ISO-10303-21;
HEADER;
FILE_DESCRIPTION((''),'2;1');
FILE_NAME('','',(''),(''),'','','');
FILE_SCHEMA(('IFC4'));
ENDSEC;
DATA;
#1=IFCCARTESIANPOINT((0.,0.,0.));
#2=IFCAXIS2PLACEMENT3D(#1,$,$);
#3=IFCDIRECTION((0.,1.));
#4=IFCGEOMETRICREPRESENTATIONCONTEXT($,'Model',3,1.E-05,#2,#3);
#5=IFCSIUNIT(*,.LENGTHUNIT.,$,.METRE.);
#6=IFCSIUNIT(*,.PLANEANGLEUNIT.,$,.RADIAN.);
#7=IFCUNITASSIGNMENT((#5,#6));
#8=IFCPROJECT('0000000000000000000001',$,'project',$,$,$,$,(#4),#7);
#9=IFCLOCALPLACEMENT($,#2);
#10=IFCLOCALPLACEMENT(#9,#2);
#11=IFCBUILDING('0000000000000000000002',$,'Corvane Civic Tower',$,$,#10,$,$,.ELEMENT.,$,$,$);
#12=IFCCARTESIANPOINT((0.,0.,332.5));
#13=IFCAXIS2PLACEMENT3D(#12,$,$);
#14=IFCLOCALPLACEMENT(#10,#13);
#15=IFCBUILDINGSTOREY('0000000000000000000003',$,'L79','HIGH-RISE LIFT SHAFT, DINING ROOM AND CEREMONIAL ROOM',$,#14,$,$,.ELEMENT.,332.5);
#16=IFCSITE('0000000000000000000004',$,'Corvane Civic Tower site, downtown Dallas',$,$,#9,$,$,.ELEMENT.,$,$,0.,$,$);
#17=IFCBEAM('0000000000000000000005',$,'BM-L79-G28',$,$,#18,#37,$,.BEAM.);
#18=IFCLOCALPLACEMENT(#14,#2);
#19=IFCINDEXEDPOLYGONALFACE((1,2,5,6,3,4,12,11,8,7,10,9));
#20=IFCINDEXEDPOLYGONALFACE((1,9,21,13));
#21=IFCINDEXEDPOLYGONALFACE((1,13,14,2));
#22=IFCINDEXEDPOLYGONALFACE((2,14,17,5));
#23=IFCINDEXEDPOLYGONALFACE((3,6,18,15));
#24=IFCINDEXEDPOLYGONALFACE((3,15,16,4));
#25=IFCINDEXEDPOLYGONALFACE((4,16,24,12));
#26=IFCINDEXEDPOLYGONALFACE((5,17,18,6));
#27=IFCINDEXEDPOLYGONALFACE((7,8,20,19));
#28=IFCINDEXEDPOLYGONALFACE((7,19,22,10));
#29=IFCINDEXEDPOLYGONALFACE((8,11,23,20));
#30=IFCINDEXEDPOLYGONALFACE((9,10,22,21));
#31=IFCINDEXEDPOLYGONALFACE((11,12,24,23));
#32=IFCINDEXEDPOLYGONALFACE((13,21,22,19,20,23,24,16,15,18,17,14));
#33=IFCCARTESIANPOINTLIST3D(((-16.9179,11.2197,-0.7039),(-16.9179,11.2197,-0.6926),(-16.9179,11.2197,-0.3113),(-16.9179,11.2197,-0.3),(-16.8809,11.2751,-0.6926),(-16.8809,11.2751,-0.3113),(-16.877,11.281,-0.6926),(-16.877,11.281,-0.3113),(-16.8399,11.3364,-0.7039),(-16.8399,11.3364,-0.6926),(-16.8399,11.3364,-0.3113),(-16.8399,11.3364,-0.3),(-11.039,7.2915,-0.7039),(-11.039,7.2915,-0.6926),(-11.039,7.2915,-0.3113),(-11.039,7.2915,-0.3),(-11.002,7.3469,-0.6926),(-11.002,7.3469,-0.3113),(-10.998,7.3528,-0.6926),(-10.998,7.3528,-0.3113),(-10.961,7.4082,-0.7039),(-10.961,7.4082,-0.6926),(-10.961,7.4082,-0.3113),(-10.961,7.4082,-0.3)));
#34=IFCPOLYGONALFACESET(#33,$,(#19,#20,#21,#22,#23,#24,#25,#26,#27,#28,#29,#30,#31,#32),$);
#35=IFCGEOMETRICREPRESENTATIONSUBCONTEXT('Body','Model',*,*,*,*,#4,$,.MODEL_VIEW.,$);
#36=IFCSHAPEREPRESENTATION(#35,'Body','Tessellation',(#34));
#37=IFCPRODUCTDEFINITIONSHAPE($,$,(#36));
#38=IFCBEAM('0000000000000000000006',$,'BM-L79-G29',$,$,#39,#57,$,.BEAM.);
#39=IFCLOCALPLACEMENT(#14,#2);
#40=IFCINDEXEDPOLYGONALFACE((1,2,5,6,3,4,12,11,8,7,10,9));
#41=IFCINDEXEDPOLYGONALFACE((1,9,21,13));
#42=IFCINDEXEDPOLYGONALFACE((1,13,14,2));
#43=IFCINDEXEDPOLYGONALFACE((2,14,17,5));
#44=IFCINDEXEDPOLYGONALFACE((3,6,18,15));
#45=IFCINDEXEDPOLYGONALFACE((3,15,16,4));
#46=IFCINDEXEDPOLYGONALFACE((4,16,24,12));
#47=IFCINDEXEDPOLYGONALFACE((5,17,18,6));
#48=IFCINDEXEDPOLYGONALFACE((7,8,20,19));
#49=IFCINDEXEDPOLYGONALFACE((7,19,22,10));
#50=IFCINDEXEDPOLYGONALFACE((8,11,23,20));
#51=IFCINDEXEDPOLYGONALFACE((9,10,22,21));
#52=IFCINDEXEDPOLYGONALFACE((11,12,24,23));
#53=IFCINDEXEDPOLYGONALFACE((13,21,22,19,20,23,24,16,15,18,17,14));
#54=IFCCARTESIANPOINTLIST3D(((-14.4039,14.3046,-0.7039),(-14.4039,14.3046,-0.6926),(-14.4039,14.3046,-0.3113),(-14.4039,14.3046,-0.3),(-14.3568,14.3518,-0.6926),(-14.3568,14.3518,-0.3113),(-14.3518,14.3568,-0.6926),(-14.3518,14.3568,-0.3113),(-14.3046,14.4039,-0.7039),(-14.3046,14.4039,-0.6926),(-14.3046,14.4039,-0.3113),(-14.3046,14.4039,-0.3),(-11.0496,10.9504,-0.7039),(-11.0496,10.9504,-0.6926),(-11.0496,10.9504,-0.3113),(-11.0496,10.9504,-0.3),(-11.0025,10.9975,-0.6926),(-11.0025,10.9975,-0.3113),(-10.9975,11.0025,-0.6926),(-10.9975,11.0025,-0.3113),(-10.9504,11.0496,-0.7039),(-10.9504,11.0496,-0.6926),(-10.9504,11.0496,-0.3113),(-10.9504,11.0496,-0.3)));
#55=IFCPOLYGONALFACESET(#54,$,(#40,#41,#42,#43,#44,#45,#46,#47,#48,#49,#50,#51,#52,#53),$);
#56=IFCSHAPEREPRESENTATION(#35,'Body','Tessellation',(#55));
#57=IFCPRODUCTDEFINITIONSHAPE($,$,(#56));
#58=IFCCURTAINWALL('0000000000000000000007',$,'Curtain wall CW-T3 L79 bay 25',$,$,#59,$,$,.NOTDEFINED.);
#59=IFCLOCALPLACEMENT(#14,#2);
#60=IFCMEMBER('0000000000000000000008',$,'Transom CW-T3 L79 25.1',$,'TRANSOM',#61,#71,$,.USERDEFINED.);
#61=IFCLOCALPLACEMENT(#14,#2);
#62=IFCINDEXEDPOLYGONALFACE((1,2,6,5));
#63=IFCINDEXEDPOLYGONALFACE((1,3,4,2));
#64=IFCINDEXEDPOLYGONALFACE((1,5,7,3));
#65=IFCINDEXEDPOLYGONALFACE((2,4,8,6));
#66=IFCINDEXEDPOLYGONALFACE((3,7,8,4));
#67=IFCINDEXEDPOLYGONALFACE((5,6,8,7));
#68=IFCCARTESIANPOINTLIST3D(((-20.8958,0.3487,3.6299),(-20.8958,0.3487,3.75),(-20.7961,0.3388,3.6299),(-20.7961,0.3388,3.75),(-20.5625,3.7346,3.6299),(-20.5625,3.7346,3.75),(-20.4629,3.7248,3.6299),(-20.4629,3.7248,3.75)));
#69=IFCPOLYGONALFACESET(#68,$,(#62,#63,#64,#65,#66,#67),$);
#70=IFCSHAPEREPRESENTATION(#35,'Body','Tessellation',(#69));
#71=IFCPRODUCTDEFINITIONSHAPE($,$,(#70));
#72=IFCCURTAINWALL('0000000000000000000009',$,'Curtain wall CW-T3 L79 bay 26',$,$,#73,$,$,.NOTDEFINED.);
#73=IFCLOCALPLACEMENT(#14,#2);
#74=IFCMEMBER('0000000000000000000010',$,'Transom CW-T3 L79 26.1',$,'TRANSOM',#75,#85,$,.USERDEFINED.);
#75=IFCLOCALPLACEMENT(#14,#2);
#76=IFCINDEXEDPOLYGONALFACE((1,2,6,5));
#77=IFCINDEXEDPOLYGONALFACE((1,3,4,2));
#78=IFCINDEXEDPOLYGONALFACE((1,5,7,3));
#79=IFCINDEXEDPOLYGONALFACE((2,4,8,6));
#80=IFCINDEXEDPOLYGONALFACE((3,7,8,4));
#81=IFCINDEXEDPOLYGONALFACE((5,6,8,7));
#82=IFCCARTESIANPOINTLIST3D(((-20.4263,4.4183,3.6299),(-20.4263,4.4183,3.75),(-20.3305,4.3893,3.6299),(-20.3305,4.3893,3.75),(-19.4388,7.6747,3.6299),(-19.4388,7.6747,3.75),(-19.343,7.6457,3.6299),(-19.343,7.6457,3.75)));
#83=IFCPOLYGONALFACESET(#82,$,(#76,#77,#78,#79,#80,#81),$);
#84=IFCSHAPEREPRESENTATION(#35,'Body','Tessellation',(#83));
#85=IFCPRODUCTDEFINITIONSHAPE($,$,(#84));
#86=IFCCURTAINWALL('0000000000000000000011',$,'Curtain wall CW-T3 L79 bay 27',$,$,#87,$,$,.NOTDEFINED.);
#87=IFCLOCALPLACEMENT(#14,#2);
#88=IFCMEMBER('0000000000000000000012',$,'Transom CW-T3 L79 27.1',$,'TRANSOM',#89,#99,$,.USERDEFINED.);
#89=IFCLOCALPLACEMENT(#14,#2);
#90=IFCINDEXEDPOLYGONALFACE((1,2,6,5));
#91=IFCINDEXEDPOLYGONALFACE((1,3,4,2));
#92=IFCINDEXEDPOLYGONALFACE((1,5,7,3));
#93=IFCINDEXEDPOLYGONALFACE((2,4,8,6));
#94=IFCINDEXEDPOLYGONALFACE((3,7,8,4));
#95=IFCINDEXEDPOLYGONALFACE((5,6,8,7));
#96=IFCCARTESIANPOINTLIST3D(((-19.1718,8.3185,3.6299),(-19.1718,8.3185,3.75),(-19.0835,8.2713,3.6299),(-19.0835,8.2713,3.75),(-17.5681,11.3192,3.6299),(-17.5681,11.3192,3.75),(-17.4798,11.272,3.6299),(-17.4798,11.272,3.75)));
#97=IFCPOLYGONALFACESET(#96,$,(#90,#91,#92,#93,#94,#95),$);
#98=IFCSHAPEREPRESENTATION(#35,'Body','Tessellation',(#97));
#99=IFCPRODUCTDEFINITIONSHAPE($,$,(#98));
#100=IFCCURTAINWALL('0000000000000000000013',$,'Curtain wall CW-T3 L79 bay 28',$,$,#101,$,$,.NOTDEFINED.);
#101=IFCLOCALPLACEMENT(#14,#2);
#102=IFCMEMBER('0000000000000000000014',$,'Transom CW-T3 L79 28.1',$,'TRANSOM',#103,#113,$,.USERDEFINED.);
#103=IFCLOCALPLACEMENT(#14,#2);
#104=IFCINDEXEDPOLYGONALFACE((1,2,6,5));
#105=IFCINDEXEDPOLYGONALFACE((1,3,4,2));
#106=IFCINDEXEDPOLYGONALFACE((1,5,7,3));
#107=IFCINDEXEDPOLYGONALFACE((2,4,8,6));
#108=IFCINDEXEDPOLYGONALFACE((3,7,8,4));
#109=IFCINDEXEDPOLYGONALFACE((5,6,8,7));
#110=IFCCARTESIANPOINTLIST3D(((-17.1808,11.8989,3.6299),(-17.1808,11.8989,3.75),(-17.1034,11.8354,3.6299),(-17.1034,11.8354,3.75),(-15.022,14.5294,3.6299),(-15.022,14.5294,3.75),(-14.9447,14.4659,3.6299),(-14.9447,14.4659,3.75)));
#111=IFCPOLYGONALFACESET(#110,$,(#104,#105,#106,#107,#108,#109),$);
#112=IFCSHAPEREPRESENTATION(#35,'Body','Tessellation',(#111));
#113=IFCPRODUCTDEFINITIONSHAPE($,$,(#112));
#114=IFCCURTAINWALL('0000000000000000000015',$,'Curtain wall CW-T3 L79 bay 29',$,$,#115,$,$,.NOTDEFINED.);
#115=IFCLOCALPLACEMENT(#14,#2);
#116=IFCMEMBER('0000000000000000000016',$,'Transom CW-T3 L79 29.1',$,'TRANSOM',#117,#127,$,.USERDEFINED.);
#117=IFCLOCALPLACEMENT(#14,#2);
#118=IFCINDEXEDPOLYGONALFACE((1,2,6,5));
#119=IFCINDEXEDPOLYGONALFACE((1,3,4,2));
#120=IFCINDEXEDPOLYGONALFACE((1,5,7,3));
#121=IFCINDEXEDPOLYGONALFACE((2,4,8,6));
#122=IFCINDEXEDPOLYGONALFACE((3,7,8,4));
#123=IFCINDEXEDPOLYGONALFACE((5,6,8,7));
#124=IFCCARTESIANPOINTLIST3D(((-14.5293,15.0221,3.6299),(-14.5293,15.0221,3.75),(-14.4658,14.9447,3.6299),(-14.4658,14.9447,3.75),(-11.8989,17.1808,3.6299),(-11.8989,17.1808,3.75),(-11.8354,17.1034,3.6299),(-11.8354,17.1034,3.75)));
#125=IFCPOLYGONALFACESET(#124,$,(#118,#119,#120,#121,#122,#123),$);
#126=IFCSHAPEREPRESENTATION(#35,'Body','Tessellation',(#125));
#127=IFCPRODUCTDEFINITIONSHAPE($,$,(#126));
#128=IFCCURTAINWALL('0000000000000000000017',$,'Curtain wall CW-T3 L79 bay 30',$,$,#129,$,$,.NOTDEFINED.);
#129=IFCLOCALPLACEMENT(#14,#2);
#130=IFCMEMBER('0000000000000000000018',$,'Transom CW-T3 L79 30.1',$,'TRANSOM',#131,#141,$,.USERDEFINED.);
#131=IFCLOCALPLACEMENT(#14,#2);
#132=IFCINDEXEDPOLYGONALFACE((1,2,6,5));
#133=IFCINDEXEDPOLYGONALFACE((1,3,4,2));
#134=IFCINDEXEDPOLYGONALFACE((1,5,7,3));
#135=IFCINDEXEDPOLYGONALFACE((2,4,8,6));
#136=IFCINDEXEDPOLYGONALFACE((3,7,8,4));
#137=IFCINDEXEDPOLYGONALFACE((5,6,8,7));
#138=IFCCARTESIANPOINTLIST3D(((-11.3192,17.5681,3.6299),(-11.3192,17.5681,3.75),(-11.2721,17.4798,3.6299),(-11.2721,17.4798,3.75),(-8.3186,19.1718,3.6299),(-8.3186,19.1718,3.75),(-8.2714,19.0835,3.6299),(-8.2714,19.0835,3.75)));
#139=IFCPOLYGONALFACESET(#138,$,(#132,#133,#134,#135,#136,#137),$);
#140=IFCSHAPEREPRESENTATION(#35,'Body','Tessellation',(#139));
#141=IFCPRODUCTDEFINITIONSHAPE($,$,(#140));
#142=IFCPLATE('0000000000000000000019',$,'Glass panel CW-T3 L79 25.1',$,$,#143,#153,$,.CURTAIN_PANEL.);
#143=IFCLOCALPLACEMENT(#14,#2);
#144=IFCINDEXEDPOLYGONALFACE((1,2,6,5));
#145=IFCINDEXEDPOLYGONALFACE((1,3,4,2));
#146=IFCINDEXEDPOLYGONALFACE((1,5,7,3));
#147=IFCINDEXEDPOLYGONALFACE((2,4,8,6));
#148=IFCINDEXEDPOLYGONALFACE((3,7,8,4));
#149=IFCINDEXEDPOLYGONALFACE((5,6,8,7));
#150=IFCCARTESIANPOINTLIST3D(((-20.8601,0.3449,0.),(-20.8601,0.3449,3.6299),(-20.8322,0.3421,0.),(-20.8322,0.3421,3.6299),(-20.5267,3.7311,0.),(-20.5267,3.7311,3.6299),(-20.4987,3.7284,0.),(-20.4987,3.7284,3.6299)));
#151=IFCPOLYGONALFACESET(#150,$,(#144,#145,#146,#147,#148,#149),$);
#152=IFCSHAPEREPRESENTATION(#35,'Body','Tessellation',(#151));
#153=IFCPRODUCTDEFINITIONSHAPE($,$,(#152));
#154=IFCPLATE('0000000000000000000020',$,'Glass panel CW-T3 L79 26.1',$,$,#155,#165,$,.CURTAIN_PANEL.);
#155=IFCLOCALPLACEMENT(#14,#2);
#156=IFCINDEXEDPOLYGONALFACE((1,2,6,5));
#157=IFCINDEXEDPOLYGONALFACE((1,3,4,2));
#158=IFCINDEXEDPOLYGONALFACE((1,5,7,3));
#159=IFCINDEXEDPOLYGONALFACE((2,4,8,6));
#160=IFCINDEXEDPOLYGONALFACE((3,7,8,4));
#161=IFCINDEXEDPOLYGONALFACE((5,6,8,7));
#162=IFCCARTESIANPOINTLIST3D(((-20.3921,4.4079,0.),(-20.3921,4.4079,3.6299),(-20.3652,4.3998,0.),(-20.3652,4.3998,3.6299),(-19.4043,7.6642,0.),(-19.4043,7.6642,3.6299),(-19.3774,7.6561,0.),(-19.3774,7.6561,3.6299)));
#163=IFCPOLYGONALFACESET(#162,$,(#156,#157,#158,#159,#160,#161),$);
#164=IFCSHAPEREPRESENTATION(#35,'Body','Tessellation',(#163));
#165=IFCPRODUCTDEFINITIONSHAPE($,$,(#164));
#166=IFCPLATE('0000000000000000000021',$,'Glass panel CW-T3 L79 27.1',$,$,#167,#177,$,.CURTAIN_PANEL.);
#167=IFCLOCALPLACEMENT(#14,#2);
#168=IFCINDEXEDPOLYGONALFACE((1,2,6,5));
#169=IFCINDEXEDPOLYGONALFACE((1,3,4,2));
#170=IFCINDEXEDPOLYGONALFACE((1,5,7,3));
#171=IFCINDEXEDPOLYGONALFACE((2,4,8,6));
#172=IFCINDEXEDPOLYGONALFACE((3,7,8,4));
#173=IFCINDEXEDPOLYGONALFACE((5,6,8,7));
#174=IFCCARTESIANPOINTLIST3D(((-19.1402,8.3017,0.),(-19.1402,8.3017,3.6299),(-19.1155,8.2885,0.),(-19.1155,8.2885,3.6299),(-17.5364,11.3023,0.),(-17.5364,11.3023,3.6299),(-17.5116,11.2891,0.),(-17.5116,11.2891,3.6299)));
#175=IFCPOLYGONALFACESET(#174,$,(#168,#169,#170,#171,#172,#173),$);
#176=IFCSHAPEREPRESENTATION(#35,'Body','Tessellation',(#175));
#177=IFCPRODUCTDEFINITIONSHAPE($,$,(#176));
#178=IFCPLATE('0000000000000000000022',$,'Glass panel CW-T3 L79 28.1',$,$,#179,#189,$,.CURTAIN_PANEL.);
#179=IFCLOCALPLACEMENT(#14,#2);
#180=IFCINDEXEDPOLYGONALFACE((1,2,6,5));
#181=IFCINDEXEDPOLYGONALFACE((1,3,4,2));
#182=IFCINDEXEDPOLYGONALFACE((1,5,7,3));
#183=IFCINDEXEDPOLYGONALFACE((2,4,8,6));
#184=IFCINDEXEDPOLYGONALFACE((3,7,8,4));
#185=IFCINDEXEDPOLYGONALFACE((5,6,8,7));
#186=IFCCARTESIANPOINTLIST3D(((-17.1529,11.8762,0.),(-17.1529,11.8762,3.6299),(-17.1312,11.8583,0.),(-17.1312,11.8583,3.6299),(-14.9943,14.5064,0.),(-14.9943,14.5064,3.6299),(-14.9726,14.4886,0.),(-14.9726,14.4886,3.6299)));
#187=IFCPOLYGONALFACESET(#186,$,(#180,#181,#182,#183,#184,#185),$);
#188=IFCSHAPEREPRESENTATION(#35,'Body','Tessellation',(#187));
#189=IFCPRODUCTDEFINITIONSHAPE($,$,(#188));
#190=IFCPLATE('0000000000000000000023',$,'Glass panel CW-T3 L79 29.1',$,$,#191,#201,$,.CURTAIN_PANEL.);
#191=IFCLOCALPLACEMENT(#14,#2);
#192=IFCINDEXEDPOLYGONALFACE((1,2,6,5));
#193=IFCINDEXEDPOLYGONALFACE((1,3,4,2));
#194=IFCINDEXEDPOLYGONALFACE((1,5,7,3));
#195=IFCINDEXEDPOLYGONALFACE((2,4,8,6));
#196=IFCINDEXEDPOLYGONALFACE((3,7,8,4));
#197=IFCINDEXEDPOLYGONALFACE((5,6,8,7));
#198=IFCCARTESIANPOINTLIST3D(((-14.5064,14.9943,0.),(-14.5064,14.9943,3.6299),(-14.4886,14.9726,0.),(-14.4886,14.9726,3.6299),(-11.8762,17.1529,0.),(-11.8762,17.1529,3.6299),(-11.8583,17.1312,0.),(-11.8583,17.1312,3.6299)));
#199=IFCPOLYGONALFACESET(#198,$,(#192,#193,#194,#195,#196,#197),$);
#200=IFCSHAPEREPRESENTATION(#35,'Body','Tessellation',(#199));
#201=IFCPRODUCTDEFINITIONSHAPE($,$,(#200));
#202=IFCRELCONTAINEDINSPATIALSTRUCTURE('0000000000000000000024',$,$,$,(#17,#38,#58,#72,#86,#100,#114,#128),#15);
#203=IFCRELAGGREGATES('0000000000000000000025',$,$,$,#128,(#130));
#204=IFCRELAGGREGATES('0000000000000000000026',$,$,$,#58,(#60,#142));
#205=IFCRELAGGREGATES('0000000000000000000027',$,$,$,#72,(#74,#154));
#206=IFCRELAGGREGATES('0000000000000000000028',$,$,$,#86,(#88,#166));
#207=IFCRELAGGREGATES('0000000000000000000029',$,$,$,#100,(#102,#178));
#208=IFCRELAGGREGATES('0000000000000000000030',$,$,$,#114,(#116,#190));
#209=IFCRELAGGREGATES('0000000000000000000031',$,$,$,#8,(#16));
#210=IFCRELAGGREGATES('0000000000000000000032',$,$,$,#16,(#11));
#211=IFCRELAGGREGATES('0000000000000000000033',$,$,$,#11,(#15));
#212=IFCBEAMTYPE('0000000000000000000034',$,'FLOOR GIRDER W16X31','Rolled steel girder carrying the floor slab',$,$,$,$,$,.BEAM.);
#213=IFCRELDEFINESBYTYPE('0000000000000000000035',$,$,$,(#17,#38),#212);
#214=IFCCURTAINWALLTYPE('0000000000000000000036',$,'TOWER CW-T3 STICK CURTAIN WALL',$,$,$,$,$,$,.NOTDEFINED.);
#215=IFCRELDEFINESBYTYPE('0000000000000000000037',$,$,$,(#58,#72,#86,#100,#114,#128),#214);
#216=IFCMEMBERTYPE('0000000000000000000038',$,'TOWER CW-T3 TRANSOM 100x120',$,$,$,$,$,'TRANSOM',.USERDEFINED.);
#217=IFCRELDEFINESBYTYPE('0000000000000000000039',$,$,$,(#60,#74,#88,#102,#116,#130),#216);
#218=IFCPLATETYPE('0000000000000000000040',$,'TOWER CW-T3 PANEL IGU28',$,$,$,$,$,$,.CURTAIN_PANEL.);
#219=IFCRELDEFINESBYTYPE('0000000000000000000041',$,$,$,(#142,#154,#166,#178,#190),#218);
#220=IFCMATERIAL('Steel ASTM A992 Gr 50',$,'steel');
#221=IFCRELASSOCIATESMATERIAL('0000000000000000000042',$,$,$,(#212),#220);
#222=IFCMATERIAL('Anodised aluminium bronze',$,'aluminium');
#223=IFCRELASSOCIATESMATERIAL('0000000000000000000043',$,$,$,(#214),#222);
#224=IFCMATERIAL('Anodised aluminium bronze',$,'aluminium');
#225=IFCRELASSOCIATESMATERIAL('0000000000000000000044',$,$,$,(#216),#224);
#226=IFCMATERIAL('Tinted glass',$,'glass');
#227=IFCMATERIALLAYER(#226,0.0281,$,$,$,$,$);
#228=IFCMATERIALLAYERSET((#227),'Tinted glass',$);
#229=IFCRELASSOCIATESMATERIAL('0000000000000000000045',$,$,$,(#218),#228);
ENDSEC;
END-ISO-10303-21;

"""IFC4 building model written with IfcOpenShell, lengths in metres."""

from ifc_helpers import new_model, si_unit, direction, frame, origin, origin_2d, place, context, subcontext, project, spatial, rectangle, i_section, extrude, material, layer, layer_set, material_profile, profile_set, type_object, element, aggregate, save


model = new_model("IFC4")

# Units and contexts
model_context = context("Model", 3, precision=1e-05, world=origin(), true_north=direction((0.0, 1.0)))
body_context = subcontext(model_context, "Body", "Model", "MODEL_VIEW")
ifc_project = project(units=[si_unit("LENGTHUNIT", "METRE"), si_unit("PLANEANGLEUNIT", "RADIAN")], contexts=[model_context])

# Site, building, storey
site_placement = place(None, origin())
site = spatial("IfcSite", under=ifc_project, at=site_placement, Name="Corvane Civic Tower site, downtown Dallas", CompositionType="ELEMENT", RefElevation=0.0)
building_placement = place(site_placement, origin())
building = spatial("IfcBuilding", under=site, at=building_placement, Name="Corvane Civic Tower", CompositionType="ELEMENT")
storey_placement = place(building_placement, frame((0.0, 0.0, 332.5)))
storey = spatial("IfcBuildingStorey", under=building, at=storey_placement, Name="L79", Description="HIGH-RISE LIFT SHAFT, DINING ROOM AND CEREMONIAL ROOM", CompositionType="ELEMENT", Elevation=332.5)

# Beams
ifc_material_1 = material(Name="Steel ASTM A992 Gr 50", Category="steel")
ifc_material_profile_1 = material_profile(ifc_material_1, i_section(OverallWidth=0.1404, OverallDepth=0.4038, WebThickness=0.0071, FlangeThickness=0.0112, at=origin_2d()), Name="W16X31")
ifc_profile_set_1 = profile_set([ifc_material_profile_1], Name="Steel ASTM A992 Gr 50")
beam_type_1 = type_object("IfcBeamType", Name="FLOOR GIRDER W16X31", Description="Rolled steel girder carrying the floor slab", PredefinedType="BEAM", material=ifc_profile_set_1)
beam_1_placement = place(storey_placement, frame((-11.0, 7.3499, -0.502), z_axis=(-0.831465, 0.555576, 0.0), x_axis=(-0.555576, -0.831465, 0.0)))
element("IfcBeam", 1, at=beam_1_placement, inside=storey, type_object=beam_type_1, Name="BM-L79-G28", PredefinedType="BEAM", context=body_context, shape_type="SweptSolid", body=[
    extrude(i_section(OverallWidth=0.1404, OverallDepth=0.4038, WebThickness=0.0071, FlangeThickness=0.0112, at=origin_2d()), origin(), (0.0, 0.0, 1.0), 7.0706),
])
beam_2_placement = place(storey_placement, frame((-11.0, 11.0, -0.502), z_axis=(-0.707107, 0.707107, 0.0), x_axis=(-0.707107, -0.707107, 0.0)))
element("IfcBeam", 2, at=beam_2_placement, inside=storey, type_object=beam_type_1, Name="BM-L79-G29", PredefinedType="BEAM", context=body_context, shape_type="SweptSolid", body=[
    extrude(i_section(OverallWidth=0.1404, OverallDepth=0.4038, WebThickness=0.0071, FlangeThickness=0.0112, at=origin_2d()), origin(), (0.0, 0.0, 1.0), 4.7437),
])

# Curtain walls, members
ifc_material_2 = material(Name="Anodised aluminium bronze", Category="aluminium")
curtain_wall_type = type_object("IfcCurtainWallType", Name="TOWER CW-T3 STICK CURTAIN WALL", PredefinedType="NOTDEFINED", material=ifc_material_2)
curtain_wall_1_placement = place(storey_placement, origin())
curtain_wall_1 = element("IfcCurtainWall", 3, at=curtain_wall_1_placement, inside=storey, type_object=curtain_wall_type, Name="Curtain wall CW-T3 L79 bay 25", PredefinedType="NOTDEFINED")
ifc_material_3 = material(Name="Anodised aluminium bronze", Category="aluminium")
ifc_material_profile_2 = material_profile(ifc_material_3, rectangle(XDim=0.1001, YDim=0.1201, at=origin_2d()), Name="TOWER CW-T3 TRANSOM 100x120")
ifc_profile_set_2 = profile_set([ifc_material_profile_2], Name="Anodised aluminium bronze")
member_type = type_object("IfcMemberType", Name="TOWER CW-T3 TRANSOM 100x120", ElementType="TRANSOM", PredefinedType="USERDEFINED", material=ifc_profile_set_2)
member_1_placement = place(storey_placement, frame((-20.8459, 0.3438, 3.6899), z_axis=(0.097948, 0.995192, 0.0), x_axis=(-0.995192, 0.097948, 0.0)))
member_1 = element("IfcMember", 4, at=member_1_placement, type_object=member_type, Name="Transom CW-T3 L79 25.1", ObjectType="TRANSOM", PredefinedType="USERDEFINED", context=body_context, shape_type="SweptSolid", body=[
    extrude(rectangle(XDim=0.1001, YDim=0.1201, at=origin_2d()), origin(), (0.0, 0.0, 1.0), 3.4023),
])
curtain_wall_2_placement = place(storey_placement, origin())
curtain_wall_2 = element("IfcCurtainWall", 5, at=curtain_wall_2_placement, inside=storey, type_object=curtain_wall_type, Name="Curtain wall CW-T3 L79 bay 26", PredefinedType="NOTDEFINED")
member_2_placement = place(storey_placement, frame((-20.3784, 4.4038, 3.6899), z_axis=(0.290216, 0.956961, 0.0), x_axis=(-0.956961, 0.290216, 0.0)))
member_2 = element("IfcMember", 6, at=member_2_placement, type_object=member_type, Name="Transom CW-T3 L79 26.1", ObjectType="TRANSOM", PredefinedType="USERDEFINED", context=body_context, shape_type="SweptSolid", body=[
    extrude(rectangle(XDim=0.1001, YDim=0.1201, at=origin_2d()), origin(), (0.0, 0.0, 1.0), 3.4028),
])
curtain_wall_3_placement = place(storey_placement, origin())
curtain_wall_3 = element("IfcCurtainWall", 7, at=curtain_wall_3_placement, inside=storey, type_object=curtain_wall_type, Name="Curtain wall CW-T3 L79 bay 27", PredefinedType="NOTDEFINED")
member_3_placement = place(storey_placement, frame((-19.1277, 8.2949, 3.6899), z_axis=(0.471359, 0.881941, 0.0), x_axis=(-0.881941, 0.471359, 0.0)))
member_3 = element("IfcMember", 8, at=member_3_placement, type_object=member_type, Name="Transom CW-T3 L79 27.1", ObjectType="TRANSOM", PredefinedType="USERDEFINED", context=body_context, shape_type="SweptSolid", body=[
    extrude(rectangle(XDim=0.1001, YDim=0.1201, at=origin_2d()), origin(), (0.0, 0.0, 1.0), 3.4023),
])
curtain_wall_4_placement = place(storey_placement, origin())
curtain_wall_4 = element("IfcCurtainWall", 9, at=curtain_wall_4_placement, inside=storey, type_object=curtain_wall_type, Name="Curtain wall CW-T3 L79 bay 28", PredefinedType="NOTDEFINED")
member_4_placement = place(storey_placement, frame((-17.1421, 11.8672, 3.6899), z_axis=(0.634394, 0.77301, 0.0), x_axis=(-0.77301, 0.634394, 0.0)))
member_4 = element("IfcMember", 10, at=member_4_placement, type_object=member_type, Name="Transom CW-T3 L79 28.1", ObjectType="TRANSOM", PredefinedType="USERDEFINED", context=body_context, shape_type="SweptSolid", body=[
    extrude(rectangle(XDim=0.1001, YDim=0.1201, at=origin_2d()), origin(), (0.0, 0.0, 1.0), 3.4028),
])
curtain_wall_5_placement = place(storey_placement, origin())
curtain_wall_5 = element("IfcCurtainWall", 11, at=curtain_wall_5_placement, inside=storey, type_object=curtain_wall_type, Name="Curtain wall CW-T3 L79 bay 29", PredefinedType="NOTDEFINED")
member_5_placement = place(storey_placement, frame((-14.4976, 14.9834, 3.6899), z_axis=(0.77301, 0.634394, 0.0), x_axis=(-0.634394, 0.77301, 0.0)))
member_5 = element("IfcMember", 12, at=member_5_placement, type_object=member_type, Name="Transom CW-T3 L79 29.1", ObjectType="TRANSOM", PredefinedType="USERDEFINED", context=body_context, shape_type="SweptSolid", body=[
    extrude(rectangle(XDim=0.1001, YDim=0.1201, at=origin_2d()), origin(), (0.0, 0.0, 1.0), 3.4028),
])
curtain_wall_6_placement = place(storey_placement, origin())
curtain_wall_6 = element("IfcCurtainWall", 13, at=curtain_wall_6_placement, inside=storey, type_object=curtain_wall_type, Name="Curtain wall CW-T3 L79 bay 30", PredefinedType="NOTDEFINED")
member_6_placement = place(storey_placement, frame((-11.2957, 17.5239, 3.6899), z_axis=(0.881941, 0.471359, 0.0), x_axis=(-0.471359, 0.881941, 0.0)))
member_6 = element("IfcMember", 14, at=member_6_placement, type_object=member_type, Name="Transom CW-T3 L79 30.1", ObjectType="TRANSOM", PredefinedType="USERDEFINED", context=body_context, shape_type="SweptSolid", body=[
    extrude(rectangle(XDim=0.1001, YDim=0.1201, at=origin_2d()), origin(), (0.0, 0.0, 1.0), 3.4023),
])
aggregate(curtain_wall_6, [member_6])

# Plates
ifc_material_4 = material(Name="Tinted glass", Category="glass")
ifc_layer_1 = layer(ifc_material_4, 0.0281)
ifc_layer_set_1 = layer_set([ifc_layer_1], Name="Tinted glass")
plate_type = type_object("IfcPlateType", Name="TOWER CW-T3 PANEL IGU28", PredefinedType="CURTAIN_PANEL", material=ifc_layer_set_1)
plate_1_placement = place(storey_placement, frame((-20.6794, 2.0366, 0.0), z_axis=(0.0, 0.0, 1.0), x_axis=(0.097998, 0.995187, 0.0)))
plate_1 = element("IfcPlate", 15, at=plate_1_placement, type_object=plate_type, Name="Glass panel CW-T3 L79 25.1", PredefinedType="CURTAIN_PANEL", context=body_context, shape_type="SweptSolid", body=[
    extrude(rectangle(XDim=3.4026, YDim=0.0281, at=origin_2d()), origin(), (0.0, 0.0, 1.0), 3.6299),
])
aggregate(curtain_wall_1, [member_1, plate_1])
plate_2_placement = place(storey_placement, frame((-19.8848, 6.032, 0.0), z_axis=(0.0, 0.0, 1.0), x_axis=(0.29029, 0.956939, 0.0)))
plate_2 = element("IfcPlate", 16, at=plate_2_placement, type_object=plate_type, Name="Glass panel CW-T3 L79 26.1", PredefinedType="CURTAIN_PANEL", context=body_context, shape_type="SweptSolid", body=[
    extrude(rectangle(XDim=3.4028, YDim=0.0281, at=origin_2d()), origin(), (0.0, 0.0, 1.0), 3.6299),
])
aggregate(curtain_wall_2, [member_2, plate_2])
plate_3_placement = place(storey_placement, frame((-18.3259, 9.7954, 0.0), z_axis=(0.0, 0.0, 1.0), x_axis=(0.471384, 0.881928, 0.0)))
plate_3 = element("IfcPlate", 17, at=plate_3_placement, type_object=plate_type, Name="Glass panel CW-T3 L79 27.1", PredefinedType="CURTAIN_PANEL", context=body_context, shape_type="SweptSolid", body=[
    extrude(rectangle(XDim=3.4023, YDim=0.0281, at=origin_2d()), origin(), (0.0, 0.0, 1.0), 3.6299),
])
aggregate(curtain_wall_3, [member_3, plate_3])
plate_4_placement = place(storey_placement, frame((-16.0627, 13.1824, 0.0), z_axis=(0.0, 0.0, 1.0), x_axis=(0.634393, 0.77301, 0.0)))
plate_4 = element("IfcPlate", 18, at=plate_4_placement, type_object=plate_type, Name="Glass panel CW-T3 L79 28.1", PredefinedType="CURTAIN_PANEL", context=body_context, shape_type="SweptSolid", body=[
    extrude(rectangle(XDim=3.4026, YDim=0.0281, at=origin_2d()), origin(), (0.0, 0.0, 1.0), 3.6299),
])
aggregate(curtain_wall_4, [member_4, plate_4])
plate_5_placement = place(storey_placement, frame((-13.1824, 16.0627, 0.0), z_axis=(0.0, 0.0, 1.0), x_axis=(0.77301, 0.634393, 0.0)))
plate_5 = element("IfcPlate", 19, at=plate_5_placement, type_object=plate_type, Name="Glass panel CW-T3 L79 29.1", PredefinedType="CURTAIN_PANEL", context=body_context, shape_type="SweptSolid", body=[
    extrude(rectangle(XDim=3.4026, YDim=0.0281, at=origin_2d()), origin(), (0.0, 0.0, 1.0), 3.6299),
])
aggregate(curtain_wall_5, [member_5, plate_5])

save(model, "model.ifc")
